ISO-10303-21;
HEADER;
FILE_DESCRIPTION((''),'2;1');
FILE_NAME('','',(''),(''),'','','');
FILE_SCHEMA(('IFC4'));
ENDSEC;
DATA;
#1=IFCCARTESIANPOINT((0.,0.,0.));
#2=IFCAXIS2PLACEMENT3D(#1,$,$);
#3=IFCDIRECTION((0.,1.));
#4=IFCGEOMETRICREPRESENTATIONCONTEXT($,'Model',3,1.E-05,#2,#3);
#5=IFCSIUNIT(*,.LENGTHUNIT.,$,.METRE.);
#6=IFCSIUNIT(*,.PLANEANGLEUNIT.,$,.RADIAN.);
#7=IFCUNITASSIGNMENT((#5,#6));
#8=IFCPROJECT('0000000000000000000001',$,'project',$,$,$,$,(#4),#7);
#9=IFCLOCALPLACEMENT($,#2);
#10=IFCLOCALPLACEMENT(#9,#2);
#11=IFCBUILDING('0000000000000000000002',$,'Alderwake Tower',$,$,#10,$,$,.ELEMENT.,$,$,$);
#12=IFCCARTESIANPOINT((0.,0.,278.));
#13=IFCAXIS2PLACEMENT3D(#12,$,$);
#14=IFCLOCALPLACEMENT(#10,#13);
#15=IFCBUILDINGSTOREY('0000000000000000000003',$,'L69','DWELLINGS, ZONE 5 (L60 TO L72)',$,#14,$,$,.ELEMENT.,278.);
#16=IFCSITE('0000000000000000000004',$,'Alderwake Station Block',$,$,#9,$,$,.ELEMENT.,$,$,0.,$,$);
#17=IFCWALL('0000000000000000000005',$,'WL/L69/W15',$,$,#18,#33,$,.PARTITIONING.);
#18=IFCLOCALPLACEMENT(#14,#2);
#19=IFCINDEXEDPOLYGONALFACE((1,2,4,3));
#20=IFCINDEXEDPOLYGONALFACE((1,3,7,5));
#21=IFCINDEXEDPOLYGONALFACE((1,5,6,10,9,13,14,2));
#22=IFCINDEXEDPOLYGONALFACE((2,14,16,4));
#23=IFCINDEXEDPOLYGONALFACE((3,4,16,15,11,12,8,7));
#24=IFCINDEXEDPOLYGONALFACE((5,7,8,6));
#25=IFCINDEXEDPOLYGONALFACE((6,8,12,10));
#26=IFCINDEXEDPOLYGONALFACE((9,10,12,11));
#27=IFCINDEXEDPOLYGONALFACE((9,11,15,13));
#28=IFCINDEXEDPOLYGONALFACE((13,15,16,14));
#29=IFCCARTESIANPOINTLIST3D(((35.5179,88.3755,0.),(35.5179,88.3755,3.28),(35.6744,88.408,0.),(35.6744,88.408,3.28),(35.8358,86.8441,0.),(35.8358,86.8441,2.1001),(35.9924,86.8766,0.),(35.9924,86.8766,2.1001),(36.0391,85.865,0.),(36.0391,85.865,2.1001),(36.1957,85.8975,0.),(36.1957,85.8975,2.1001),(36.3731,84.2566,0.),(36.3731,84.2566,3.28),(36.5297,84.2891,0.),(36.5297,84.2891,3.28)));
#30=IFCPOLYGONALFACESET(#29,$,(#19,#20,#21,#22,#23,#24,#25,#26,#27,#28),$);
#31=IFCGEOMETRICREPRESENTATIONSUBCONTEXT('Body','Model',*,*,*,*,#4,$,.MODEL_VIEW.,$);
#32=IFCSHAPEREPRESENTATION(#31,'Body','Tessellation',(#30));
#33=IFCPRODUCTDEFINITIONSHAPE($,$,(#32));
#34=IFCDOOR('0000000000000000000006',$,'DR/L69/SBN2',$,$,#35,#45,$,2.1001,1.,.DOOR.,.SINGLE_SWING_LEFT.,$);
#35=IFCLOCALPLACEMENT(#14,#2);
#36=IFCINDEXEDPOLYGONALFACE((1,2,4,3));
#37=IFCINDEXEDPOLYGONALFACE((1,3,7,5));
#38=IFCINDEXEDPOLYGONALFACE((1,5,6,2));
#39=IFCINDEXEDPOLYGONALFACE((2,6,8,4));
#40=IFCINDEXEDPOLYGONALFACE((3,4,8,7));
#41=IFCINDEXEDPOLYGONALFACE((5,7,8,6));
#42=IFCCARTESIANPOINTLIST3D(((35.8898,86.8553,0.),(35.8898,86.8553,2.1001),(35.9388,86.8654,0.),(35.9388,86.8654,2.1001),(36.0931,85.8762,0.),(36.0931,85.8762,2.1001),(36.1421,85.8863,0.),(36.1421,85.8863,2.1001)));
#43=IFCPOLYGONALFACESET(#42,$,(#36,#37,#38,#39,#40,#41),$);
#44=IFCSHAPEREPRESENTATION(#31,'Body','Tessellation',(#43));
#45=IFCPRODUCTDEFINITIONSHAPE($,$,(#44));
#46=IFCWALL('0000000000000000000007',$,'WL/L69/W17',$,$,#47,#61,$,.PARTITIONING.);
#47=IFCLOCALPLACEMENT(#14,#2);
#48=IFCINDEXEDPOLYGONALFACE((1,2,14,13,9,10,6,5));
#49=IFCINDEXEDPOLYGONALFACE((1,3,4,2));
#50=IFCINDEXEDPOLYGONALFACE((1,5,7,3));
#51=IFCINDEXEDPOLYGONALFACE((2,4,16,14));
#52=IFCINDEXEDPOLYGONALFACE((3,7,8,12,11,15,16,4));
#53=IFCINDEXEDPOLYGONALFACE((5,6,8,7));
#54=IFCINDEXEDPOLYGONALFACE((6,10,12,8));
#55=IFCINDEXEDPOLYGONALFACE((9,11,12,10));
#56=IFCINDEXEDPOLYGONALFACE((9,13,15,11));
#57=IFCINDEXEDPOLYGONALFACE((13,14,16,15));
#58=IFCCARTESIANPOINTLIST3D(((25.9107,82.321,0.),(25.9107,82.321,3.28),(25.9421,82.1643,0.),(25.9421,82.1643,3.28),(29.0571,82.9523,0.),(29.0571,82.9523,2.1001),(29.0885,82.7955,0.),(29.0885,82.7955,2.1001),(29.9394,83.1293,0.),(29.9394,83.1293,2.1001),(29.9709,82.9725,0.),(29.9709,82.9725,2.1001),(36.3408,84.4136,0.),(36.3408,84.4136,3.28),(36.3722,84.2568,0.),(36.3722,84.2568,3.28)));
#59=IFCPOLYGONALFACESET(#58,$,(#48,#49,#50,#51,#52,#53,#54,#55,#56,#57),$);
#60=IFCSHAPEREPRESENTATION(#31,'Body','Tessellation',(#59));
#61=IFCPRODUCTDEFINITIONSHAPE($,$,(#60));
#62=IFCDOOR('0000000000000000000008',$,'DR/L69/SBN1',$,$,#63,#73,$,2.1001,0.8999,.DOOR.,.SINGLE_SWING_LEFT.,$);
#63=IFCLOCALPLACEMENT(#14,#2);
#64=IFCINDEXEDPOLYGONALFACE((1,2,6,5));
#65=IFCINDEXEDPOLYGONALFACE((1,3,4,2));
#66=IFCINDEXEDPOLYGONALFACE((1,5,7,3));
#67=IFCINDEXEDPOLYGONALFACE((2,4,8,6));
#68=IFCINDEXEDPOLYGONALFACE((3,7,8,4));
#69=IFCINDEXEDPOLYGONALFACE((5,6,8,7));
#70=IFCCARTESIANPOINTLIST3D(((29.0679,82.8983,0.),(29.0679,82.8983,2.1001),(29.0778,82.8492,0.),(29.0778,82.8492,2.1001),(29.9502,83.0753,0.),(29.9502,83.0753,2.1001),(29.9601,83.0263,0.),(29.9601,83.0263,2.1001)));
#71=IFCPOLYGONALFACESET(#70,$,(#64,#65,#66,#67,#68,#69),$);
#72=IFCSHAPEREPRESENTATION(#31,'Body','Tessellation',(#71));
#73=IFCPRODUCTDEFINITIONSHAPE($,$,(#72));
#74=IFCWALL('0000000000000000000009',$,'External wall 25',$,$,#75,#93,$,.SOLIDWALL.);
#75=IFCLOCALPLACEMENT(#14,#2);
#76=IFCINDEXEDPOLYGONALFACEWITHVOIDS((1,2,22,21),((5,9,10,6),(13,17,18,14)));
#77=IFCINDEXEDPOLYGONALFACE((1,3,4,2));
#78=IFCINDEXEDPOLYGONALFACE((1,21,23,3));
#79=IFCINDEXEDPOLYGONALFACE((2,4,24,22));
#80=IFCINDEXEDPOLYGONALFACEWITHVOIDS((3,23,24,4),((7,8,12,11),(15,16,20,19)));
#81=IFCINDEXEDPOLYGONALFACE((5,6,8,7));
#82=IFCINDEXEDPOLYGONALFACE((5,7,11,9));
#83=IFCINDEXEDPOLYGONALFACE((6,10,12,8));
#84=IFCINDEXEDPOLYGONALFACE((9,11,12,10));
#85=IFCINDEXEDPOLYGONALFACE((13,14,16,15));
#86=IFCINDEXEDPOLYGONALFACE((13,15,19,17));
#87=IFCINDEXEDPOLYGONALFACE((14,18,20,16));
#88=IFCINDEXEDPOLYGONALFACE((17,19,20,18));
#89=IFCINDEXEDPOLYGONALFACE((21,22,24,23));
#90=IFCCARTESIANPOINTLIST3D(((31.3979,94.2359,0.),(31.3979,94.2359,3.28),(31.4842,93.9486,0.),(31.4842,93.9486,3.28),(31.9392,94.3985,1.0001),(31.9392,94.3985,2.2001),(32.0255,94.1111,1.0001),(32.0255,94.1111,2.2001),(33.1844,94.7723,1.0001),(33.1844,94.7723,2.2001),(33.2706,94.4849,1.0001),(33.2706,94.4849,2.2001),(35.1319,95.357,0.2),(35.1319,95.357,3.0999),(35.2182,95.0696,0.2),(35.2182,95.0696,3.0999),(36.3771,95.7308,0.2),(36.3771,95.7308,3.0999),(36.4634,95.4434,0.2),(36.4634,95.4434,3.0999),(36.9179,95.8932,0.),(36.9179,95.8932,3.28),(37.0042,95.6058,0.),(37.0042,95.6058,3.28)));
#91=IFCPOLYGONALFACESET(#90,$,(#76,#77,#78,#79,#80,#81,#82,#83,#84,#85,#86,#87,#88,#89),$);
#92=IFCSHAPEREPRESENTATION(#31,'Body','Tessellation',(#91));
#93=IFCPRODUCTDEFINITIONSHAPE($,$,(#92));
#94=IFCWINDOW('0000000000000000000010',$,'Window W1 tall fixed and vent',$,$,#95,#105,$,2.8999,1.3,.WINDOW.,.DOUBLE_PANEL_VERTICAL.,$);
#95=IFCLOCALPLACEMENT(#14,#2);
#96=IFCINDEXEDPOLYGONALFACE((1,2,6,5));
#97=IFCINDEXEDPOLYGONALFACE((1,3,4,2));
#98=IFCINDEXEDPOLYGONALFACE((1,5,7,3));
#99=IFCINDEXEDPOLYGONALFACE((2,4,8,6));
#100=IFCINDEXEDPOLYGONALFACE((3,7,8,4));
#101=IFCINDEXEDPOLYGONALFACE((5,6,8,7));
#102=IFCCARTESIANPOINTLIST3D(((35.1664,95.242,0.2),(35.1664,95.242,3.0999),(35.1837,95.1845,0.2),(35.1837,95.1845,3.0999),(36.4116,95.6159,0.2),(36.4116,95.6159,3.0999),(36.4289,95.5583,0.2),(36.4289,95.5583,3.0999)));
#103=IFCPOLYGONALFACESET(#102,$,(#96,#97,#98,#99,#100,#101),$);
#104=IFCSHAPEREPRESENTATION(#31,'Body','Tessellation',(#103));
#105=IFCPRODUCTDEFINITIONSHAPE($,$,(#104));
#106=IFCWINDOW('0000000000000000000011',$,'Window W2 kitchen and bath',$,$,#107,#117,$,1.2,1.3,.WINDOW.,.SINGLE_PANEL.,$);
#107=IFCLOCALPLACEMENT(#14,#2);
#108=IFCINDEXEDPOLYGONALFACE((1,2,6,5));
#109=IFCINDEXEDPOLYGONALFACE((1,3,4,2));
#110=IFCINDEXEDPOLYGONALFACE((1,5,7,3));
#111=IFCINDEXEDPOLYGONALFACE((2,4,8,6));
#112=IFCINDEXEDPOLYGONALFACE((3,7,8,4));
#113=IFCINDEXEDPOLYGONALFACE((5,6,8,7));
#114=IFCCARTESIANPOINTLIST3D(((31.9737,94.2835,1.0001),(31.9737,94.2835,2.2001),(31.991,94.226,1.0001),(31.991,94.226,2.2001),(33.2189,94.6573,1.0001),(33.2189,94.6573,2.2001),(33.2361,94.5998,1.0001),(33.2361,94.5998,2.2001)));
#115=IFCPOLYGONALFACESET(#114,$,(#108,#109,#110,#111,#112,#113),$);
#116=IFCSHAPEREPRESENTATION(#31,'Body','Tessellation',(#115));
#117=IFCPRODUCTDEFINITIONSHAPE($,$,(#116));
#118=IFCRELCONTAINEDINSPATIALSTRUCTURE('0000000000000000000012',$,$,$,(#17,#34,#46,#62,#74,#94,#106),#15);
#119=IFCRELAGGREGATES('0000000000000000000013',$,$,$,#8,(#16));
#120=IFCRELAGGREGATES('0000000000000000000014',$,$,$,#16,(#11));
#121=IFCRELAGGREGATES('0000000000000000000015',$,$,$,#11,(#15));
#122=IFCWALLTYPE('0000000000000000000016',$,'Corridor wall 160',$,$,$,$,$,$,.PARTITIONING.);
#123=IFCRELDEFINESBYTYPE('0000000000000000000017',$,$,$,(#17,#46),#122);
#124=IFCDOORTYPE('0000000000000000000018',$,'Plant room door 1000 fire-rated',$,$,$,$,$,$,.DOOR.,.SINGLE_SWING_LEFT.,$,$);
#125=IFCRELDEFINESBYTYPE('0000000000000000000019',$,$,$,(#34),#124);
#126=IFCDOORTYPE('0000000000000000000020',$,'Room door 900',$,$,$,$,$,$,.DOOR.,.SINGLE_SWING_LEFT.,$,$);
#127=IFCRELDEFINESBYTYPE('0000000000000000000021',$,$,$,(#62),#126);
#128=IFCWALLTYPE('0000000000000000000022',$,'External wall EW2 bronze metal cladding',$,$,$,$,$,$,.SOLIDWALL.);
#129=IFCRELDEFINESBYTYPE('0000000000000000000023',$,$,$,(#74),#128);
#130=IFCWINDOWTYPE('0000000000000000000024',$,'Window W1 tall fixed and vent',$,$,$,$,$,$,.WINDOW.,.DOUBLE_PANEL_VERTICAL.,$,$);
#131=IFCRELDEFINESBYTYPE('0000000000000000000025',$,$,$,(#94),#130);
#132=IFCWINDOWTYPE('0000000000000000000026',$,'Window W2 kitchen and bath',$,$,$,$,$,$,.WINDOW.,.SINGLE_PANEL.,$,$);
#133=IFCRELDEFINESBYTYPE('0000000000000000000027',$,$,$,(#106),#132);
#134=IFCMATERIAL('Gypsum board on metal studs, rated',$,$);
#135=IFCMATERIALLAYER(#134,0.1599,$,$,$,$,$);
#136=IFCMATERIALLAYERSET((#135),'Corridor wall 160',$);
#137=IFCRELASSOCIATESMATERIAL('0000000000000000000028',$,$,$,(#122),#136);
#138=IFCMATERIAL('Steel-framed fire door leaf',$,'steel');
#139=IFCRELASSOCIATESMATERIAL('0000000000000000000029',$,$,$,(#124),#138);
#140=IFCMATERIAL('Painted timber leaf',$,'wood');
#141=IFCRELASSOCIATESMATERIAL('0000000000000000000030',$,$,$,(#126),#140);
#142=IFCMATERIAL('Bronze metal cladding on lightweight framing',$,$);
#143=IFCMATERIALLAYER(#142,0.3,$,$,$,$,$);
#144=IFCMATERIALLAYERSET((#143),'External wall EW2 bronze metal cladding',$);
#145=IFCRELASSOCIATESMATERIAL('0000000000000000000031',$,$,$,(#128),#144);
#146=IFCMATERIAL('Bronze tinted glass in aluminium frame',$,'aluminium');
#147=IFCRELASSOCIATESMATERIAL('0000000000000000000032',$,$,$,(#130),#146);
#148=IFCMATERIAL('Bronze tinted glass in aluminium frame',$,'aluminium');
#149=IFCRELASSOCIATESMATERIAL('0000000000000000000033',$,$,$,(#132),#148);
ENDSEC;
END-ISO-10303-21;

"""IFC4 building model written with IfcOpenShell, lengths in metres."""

from ifc_helpers import new_model, si_unit, direction, frame, frame_2d, origin, place, context, subcontext, project, spatial, rectangle, extrude, material, layer, layer_set, type_object, element, fill, save


model = new_model("IFC4")

# Units and contexts
model_context = context("Model", 3, precision=1e-05, world=origin(), true_north=direction((0.0, 1.0)))
body_context = subcontext(model_context, "Body", "Model", "MODEL_VIEW")
ifc_project = project(units=[si_unit("LENGTHUNIT", "METRE"), si_unit("PLANEANGLEUNIT", "RADIAN")], contexts=[model_context])

# Site, building, storey
site_placement = place(None, origin())
site = spatial("IfcSite", under=ifc_project, at=site_placement, Name="Alderwake Station Block", CompositionType="ELEMENT", RefElevation=0.0)
building_placement = place(site_placement, origin())
building = spatial("IfcBuilding", under=site, at=building_placement, Name="Alderwake Tower", CompositionType="ELEMENT")
storey_placement = place(building_placement, frame((0.0, 0.0, 278.0)))
storey = spatial("IfcBuildingStorey", under=building, at=storey_placement, Name="L69", Description="DWELLINGS, ZONE 5 (L60 TO L72)", CompositionType="ELEMENT", Elevation=278.0)

# Shared definitions
ifc_material_1 = material(Name="Gypsum board on metal studs, rated")
ifc_layer_1 = layer(ifc_material_1, 0.1599)
ifc_layer_set_1 = layer_set([ifc_layer_1], Name="Corridor wall 160")
wall_type_1 = type_object("IfcWallType", Name="Corridor wall 160", PredefinedType="PARTITIONING", material=ifc_layer_set_1)

# Walls, openings, doors
wall_1_placement = place(storey_placement, frame((36.4514, 84.2727, 0.0), z_axis=(0.0, 0.0, 1.0), x_axis=(-0.203298, 0.979117, 0.0)))
wall_1 = element("IfcWall", 1, at=wall_1_placement, inside=storey, type_object=wall_type_1, Name="WL/L69/W15", PredefinedType="PARTITIONING", context=body_context, shape_type="SweptSolid", body=[
    extrude(rectangle(XDim=4.2068, YDim=0.1599, at=frame_2d((2.1035, 0.0))), origin(), (0.0, 0.0, 1.0), 3.28),
])
opening_1_placement = place(wall_1_placement, frame((1.6428, 0.0, 0.0)))
opening_1 = element("IfcOpeningElement", 2, at=opening_1_placement, cuts=wall_1, PredefinedType="OPENING", context=body_context, shape_type="SweptSolid", body=[
    extrude(rectangle(XDim=1.0, YDim=2.1001, at=frame_2d((0.5, 1.05))), frame((0.0, 0.0898, 0.0), z_axis=(0.0, -1.0, 0.0), x_axis=(1.0, 0.0, 0.0)), (0.0, 0.0, 1.0), 0.1799),
])
ifc_material_2 = material(Name="Steel-framed fire door leaf", Category="steel")
door_type_1 = type_object("IfcDoorType", Name="Plant room door 1000 fire-rated", OperationType="SINGLE_SWING_LEFT", PredefinedType="DOOR", material=ifc_material_2)
door_1_placement = place(opening_1_placement, origin())
door_1 = element("IfcDoor", 3, at=door_1_placement, inside=storey, type_object=door_type_1, Name="DR/L69/SBN2", OperationType="SINGLE_SWING_LEFT", OverallHeight=2.1001, OverallWidth=1.0, PredefinedType="DOOR", context=body_context, shape_type="SweptSolid", body=[
    extrude(rectangle(XDim=1.0, YDim=2.1001, at=frame_2d((0.5, 1.05))), frame((0.0, 0.0249, 0.0), z_axis=(0.0, -1.0, 0.0), x_axis=(1.0, 0.0, 0.0)), (0.0, 0.0, 1.0), 0.05),
])
fill(opening_1, door_1)
wall_2_placement = place(storey_placement, frame((25.9265, 82.2427, 0.0), z_axis=(0.0, 0.0, 1.0), x_axis=(0.980463, 0.196703, 0.0)))
wall_2 = element("IfcWall", 4, at=wall_2_placement, inside=storey, type_object=wall_type_1, Name="WL/L69/W17", PredefinedType="PARTITIONING", context=body_context, shape_type="SweptSolid", body=[
    extrude(rectangle(XDim=10.6379, YDim=0.1599, at=frame_2d((5.3188, 0.0))), origin(), (0.0, 0.0, 1.0), 3.28),
])
opening_2_placement = place(wall_2_placement, frame((3.209, 0.0, 0.0)))
opening_2 = element("IfcOpeningElement", 5, at=opening_2_placement, cuts=wall_2, PredefinedType="OPENING", context=body_context, shape_type="SweptSolid", body=[
    extrude(rectangle(XDim=0.8999, YDim=2.1001, at=frame_2d((0.45, 1.05))), frame((0.0, 0.0898, 0.0), z_axis=(0.0, -1.0, 0.0), x_axis=(1.0, 0.0, 0.0)), (0.0, 0.0, 1.0), 0.1799),
])
ifc_material_3 = material(Name="Painted timber leaf", Category="wood")
door_type_2 = type_object("IfcDoorType", Name="Room door 900", OperationType="SINGLE_SWING_LEFT", PredefinedType="DOOR", material=ifc_material_3)
door_2_placement = place(opening_2_placement, origin())
door_2 = element("IfcDoor", 6, at=door_2_placement, inside=storey, type_object=door_type_2, Name="DR/L69/SBN1", OperationType="SINGLE_SWING_LEFT", OverallHeight=2.1001, OverallWidth=0.8999, PredefinedType="DOOR", context=body_context, shape_type="SweptSolid", body=[
    extrude(rectangle(XDim=0.8999, YDim=2.1001, at=frame_2d((0.45, 1.05))), frame((0.0, 0.0249, 0.0), z_axis=(0.0, -1.0, 0.0), x_axis=(1.0, 0.0, 0.0)), (0.0, 0.0, 1.0), 0.05),
])
fill(opening_2, door_2)

# Wall, openings, windows
ifc_material_4 = material(Name="Bronze metal cladding on lightweight framing")
ifc_layer_2 = layer(ifc_material_4, 0.3)
ifc_layer_set_2 = layer_set([ifc_layer_2], Name="External wall EW2 bronze metal cladding")
wall_type_2 = type_object("IfcWallType", Name="External wall EW2 bronze metal cladding", PredefinedType="SOLIDWALL", material=ifc_layer_set_2)
wall_3_placement = place(storey_placement, frame((36.9612, 95.7495, 0.0), z_axis=(0.0, 0.0, 1.0), x_axis=(-0.957768, -0.287542, 0.0)))
wall_3 = element("IfcWall", 7, at=wall_3_placement, inside=storey, type_object=wall_type_2, Name="External wall 25", PredefinedType="SOLIDWALL", context=body_context, shape_type="SweptSolid", body=[
    extrude(rectangle(XDim=5.7634, YDim=0.3, at=frame_2d((2.8818, 0.0))), origin(), (0.0, 0.0, 1.0), 3.28),
])
opening_3_placement = place(wall_3_placement, frame((0.5649, 0.0, 0.2)))
opening_3 = element("IfcOpeningElement", 8, at=opening_3_placement, cuts=wall_3, PredefinedType="OPENING", context=body_context, shape_type="SweptSolid", body=[
    extrude(rectangle(XDim=1.3, YDim=2.8999, at=frame_2d((0.6499, 1.45))), frame((0.0, 0.1599, 0.0), z_axis=(0.0, -1.0, 0.0), x_axis=(1.0, 0.0, 0.0)), (0.0, 0.0, 1.0), 0.3201),
])
opening_4_placement = place(wall_3_placement, frame((3.8984, 0.0, 1.0)))
opening_4 = element("IfcOpeningElement", 9, at=opening_4_placement, cuts=wall_3, PredefinedType="OPENING", context=body_context, shape_type="SweptSolid", body=[
    extrude(rectangle(XDim=1.3, YDim=1.2, at=frame_2d((0.6499, 0.6001))), frame((0.0, 0.1599, 0.0), z_axis=(0.0, -1.0, 0.0), x_axis=(1.0, 0.0, 0.0)), (0.0, 0.0, 1.0), 0.3201),
])
ifc_material_5 = material(Name="Bronze tinted glass in aluminium frame", Category="aluminium")
window_type_1 = type_object("IfcWindowType", Name="Window W1 tall fixed and vent", PartitioningType="DOUBLE_PANEL_VERTICAL", PredefinedType="WINDOW", material=ifc_material_5)
window_1_placement = place(opening_3_placement, origin())
window_1 = element("IfcWindow", 10, at=window_1_placement, inside=storey, type_object=window_type_1, Name="Window W1 tall fixed and vent", OverallHeight=2.8999, OverallWidth=1.3, PartitioningType="DOUBLE_PANEL_VERTICAL", PredefinedType="WINDOW", context=body_context, shape_type="SweptSolid", body=[
    extrude(rectangle(XDim=1.3, YDim=2.8999, at=frame_2d((0.6499, 1.45))), frame((0.0, 0.03, 0.0), z_axis=(0.0, -1.0, 0.0), x_axis=(1.0, 0.0, 0.0)), (0.0, 0.0, 1.0), 0.0601),
])
fill(opening_3, window_1)
ifc_material_6 = material(Name="Bronze tinted glass in aluminium frame", Category="aluminium")
window_type_2 = type_object("IfcWindowType", Name="Window W2 kitchen and bath", PartitioningType="SINGLE_PANEL", PredefinedType="WINDOW", material=ifc_material_6)
window_2_placement = place(opening_4_placement, origin())
window_2 = element("IfcWindow", 11, at=window_2_placement, inside=storey, type_object=window_type_2, Name="Window W2 kitchen and bath", OverallHeight=1.2, OverallWidth=1.3, PartitioningType="SINGLE_PANEL", PredefinedType="WINDOW", context=body_context, shape_type="SweptSolid", body=[
    extrude(rectangle(XDim=1.3, YDim=1.2, at=frame_2d((0.6499, 0.6001))), frame((0.0, 0.03, 0.0), z_axis=(0.0, -1.0, 0.0), x_axis=(1.0, 0.0, 0.0)), (0.0, 0.0, 1.0), 0.0601),
])
fill(opening_4, window_2)

save(model, "model.ifc")
